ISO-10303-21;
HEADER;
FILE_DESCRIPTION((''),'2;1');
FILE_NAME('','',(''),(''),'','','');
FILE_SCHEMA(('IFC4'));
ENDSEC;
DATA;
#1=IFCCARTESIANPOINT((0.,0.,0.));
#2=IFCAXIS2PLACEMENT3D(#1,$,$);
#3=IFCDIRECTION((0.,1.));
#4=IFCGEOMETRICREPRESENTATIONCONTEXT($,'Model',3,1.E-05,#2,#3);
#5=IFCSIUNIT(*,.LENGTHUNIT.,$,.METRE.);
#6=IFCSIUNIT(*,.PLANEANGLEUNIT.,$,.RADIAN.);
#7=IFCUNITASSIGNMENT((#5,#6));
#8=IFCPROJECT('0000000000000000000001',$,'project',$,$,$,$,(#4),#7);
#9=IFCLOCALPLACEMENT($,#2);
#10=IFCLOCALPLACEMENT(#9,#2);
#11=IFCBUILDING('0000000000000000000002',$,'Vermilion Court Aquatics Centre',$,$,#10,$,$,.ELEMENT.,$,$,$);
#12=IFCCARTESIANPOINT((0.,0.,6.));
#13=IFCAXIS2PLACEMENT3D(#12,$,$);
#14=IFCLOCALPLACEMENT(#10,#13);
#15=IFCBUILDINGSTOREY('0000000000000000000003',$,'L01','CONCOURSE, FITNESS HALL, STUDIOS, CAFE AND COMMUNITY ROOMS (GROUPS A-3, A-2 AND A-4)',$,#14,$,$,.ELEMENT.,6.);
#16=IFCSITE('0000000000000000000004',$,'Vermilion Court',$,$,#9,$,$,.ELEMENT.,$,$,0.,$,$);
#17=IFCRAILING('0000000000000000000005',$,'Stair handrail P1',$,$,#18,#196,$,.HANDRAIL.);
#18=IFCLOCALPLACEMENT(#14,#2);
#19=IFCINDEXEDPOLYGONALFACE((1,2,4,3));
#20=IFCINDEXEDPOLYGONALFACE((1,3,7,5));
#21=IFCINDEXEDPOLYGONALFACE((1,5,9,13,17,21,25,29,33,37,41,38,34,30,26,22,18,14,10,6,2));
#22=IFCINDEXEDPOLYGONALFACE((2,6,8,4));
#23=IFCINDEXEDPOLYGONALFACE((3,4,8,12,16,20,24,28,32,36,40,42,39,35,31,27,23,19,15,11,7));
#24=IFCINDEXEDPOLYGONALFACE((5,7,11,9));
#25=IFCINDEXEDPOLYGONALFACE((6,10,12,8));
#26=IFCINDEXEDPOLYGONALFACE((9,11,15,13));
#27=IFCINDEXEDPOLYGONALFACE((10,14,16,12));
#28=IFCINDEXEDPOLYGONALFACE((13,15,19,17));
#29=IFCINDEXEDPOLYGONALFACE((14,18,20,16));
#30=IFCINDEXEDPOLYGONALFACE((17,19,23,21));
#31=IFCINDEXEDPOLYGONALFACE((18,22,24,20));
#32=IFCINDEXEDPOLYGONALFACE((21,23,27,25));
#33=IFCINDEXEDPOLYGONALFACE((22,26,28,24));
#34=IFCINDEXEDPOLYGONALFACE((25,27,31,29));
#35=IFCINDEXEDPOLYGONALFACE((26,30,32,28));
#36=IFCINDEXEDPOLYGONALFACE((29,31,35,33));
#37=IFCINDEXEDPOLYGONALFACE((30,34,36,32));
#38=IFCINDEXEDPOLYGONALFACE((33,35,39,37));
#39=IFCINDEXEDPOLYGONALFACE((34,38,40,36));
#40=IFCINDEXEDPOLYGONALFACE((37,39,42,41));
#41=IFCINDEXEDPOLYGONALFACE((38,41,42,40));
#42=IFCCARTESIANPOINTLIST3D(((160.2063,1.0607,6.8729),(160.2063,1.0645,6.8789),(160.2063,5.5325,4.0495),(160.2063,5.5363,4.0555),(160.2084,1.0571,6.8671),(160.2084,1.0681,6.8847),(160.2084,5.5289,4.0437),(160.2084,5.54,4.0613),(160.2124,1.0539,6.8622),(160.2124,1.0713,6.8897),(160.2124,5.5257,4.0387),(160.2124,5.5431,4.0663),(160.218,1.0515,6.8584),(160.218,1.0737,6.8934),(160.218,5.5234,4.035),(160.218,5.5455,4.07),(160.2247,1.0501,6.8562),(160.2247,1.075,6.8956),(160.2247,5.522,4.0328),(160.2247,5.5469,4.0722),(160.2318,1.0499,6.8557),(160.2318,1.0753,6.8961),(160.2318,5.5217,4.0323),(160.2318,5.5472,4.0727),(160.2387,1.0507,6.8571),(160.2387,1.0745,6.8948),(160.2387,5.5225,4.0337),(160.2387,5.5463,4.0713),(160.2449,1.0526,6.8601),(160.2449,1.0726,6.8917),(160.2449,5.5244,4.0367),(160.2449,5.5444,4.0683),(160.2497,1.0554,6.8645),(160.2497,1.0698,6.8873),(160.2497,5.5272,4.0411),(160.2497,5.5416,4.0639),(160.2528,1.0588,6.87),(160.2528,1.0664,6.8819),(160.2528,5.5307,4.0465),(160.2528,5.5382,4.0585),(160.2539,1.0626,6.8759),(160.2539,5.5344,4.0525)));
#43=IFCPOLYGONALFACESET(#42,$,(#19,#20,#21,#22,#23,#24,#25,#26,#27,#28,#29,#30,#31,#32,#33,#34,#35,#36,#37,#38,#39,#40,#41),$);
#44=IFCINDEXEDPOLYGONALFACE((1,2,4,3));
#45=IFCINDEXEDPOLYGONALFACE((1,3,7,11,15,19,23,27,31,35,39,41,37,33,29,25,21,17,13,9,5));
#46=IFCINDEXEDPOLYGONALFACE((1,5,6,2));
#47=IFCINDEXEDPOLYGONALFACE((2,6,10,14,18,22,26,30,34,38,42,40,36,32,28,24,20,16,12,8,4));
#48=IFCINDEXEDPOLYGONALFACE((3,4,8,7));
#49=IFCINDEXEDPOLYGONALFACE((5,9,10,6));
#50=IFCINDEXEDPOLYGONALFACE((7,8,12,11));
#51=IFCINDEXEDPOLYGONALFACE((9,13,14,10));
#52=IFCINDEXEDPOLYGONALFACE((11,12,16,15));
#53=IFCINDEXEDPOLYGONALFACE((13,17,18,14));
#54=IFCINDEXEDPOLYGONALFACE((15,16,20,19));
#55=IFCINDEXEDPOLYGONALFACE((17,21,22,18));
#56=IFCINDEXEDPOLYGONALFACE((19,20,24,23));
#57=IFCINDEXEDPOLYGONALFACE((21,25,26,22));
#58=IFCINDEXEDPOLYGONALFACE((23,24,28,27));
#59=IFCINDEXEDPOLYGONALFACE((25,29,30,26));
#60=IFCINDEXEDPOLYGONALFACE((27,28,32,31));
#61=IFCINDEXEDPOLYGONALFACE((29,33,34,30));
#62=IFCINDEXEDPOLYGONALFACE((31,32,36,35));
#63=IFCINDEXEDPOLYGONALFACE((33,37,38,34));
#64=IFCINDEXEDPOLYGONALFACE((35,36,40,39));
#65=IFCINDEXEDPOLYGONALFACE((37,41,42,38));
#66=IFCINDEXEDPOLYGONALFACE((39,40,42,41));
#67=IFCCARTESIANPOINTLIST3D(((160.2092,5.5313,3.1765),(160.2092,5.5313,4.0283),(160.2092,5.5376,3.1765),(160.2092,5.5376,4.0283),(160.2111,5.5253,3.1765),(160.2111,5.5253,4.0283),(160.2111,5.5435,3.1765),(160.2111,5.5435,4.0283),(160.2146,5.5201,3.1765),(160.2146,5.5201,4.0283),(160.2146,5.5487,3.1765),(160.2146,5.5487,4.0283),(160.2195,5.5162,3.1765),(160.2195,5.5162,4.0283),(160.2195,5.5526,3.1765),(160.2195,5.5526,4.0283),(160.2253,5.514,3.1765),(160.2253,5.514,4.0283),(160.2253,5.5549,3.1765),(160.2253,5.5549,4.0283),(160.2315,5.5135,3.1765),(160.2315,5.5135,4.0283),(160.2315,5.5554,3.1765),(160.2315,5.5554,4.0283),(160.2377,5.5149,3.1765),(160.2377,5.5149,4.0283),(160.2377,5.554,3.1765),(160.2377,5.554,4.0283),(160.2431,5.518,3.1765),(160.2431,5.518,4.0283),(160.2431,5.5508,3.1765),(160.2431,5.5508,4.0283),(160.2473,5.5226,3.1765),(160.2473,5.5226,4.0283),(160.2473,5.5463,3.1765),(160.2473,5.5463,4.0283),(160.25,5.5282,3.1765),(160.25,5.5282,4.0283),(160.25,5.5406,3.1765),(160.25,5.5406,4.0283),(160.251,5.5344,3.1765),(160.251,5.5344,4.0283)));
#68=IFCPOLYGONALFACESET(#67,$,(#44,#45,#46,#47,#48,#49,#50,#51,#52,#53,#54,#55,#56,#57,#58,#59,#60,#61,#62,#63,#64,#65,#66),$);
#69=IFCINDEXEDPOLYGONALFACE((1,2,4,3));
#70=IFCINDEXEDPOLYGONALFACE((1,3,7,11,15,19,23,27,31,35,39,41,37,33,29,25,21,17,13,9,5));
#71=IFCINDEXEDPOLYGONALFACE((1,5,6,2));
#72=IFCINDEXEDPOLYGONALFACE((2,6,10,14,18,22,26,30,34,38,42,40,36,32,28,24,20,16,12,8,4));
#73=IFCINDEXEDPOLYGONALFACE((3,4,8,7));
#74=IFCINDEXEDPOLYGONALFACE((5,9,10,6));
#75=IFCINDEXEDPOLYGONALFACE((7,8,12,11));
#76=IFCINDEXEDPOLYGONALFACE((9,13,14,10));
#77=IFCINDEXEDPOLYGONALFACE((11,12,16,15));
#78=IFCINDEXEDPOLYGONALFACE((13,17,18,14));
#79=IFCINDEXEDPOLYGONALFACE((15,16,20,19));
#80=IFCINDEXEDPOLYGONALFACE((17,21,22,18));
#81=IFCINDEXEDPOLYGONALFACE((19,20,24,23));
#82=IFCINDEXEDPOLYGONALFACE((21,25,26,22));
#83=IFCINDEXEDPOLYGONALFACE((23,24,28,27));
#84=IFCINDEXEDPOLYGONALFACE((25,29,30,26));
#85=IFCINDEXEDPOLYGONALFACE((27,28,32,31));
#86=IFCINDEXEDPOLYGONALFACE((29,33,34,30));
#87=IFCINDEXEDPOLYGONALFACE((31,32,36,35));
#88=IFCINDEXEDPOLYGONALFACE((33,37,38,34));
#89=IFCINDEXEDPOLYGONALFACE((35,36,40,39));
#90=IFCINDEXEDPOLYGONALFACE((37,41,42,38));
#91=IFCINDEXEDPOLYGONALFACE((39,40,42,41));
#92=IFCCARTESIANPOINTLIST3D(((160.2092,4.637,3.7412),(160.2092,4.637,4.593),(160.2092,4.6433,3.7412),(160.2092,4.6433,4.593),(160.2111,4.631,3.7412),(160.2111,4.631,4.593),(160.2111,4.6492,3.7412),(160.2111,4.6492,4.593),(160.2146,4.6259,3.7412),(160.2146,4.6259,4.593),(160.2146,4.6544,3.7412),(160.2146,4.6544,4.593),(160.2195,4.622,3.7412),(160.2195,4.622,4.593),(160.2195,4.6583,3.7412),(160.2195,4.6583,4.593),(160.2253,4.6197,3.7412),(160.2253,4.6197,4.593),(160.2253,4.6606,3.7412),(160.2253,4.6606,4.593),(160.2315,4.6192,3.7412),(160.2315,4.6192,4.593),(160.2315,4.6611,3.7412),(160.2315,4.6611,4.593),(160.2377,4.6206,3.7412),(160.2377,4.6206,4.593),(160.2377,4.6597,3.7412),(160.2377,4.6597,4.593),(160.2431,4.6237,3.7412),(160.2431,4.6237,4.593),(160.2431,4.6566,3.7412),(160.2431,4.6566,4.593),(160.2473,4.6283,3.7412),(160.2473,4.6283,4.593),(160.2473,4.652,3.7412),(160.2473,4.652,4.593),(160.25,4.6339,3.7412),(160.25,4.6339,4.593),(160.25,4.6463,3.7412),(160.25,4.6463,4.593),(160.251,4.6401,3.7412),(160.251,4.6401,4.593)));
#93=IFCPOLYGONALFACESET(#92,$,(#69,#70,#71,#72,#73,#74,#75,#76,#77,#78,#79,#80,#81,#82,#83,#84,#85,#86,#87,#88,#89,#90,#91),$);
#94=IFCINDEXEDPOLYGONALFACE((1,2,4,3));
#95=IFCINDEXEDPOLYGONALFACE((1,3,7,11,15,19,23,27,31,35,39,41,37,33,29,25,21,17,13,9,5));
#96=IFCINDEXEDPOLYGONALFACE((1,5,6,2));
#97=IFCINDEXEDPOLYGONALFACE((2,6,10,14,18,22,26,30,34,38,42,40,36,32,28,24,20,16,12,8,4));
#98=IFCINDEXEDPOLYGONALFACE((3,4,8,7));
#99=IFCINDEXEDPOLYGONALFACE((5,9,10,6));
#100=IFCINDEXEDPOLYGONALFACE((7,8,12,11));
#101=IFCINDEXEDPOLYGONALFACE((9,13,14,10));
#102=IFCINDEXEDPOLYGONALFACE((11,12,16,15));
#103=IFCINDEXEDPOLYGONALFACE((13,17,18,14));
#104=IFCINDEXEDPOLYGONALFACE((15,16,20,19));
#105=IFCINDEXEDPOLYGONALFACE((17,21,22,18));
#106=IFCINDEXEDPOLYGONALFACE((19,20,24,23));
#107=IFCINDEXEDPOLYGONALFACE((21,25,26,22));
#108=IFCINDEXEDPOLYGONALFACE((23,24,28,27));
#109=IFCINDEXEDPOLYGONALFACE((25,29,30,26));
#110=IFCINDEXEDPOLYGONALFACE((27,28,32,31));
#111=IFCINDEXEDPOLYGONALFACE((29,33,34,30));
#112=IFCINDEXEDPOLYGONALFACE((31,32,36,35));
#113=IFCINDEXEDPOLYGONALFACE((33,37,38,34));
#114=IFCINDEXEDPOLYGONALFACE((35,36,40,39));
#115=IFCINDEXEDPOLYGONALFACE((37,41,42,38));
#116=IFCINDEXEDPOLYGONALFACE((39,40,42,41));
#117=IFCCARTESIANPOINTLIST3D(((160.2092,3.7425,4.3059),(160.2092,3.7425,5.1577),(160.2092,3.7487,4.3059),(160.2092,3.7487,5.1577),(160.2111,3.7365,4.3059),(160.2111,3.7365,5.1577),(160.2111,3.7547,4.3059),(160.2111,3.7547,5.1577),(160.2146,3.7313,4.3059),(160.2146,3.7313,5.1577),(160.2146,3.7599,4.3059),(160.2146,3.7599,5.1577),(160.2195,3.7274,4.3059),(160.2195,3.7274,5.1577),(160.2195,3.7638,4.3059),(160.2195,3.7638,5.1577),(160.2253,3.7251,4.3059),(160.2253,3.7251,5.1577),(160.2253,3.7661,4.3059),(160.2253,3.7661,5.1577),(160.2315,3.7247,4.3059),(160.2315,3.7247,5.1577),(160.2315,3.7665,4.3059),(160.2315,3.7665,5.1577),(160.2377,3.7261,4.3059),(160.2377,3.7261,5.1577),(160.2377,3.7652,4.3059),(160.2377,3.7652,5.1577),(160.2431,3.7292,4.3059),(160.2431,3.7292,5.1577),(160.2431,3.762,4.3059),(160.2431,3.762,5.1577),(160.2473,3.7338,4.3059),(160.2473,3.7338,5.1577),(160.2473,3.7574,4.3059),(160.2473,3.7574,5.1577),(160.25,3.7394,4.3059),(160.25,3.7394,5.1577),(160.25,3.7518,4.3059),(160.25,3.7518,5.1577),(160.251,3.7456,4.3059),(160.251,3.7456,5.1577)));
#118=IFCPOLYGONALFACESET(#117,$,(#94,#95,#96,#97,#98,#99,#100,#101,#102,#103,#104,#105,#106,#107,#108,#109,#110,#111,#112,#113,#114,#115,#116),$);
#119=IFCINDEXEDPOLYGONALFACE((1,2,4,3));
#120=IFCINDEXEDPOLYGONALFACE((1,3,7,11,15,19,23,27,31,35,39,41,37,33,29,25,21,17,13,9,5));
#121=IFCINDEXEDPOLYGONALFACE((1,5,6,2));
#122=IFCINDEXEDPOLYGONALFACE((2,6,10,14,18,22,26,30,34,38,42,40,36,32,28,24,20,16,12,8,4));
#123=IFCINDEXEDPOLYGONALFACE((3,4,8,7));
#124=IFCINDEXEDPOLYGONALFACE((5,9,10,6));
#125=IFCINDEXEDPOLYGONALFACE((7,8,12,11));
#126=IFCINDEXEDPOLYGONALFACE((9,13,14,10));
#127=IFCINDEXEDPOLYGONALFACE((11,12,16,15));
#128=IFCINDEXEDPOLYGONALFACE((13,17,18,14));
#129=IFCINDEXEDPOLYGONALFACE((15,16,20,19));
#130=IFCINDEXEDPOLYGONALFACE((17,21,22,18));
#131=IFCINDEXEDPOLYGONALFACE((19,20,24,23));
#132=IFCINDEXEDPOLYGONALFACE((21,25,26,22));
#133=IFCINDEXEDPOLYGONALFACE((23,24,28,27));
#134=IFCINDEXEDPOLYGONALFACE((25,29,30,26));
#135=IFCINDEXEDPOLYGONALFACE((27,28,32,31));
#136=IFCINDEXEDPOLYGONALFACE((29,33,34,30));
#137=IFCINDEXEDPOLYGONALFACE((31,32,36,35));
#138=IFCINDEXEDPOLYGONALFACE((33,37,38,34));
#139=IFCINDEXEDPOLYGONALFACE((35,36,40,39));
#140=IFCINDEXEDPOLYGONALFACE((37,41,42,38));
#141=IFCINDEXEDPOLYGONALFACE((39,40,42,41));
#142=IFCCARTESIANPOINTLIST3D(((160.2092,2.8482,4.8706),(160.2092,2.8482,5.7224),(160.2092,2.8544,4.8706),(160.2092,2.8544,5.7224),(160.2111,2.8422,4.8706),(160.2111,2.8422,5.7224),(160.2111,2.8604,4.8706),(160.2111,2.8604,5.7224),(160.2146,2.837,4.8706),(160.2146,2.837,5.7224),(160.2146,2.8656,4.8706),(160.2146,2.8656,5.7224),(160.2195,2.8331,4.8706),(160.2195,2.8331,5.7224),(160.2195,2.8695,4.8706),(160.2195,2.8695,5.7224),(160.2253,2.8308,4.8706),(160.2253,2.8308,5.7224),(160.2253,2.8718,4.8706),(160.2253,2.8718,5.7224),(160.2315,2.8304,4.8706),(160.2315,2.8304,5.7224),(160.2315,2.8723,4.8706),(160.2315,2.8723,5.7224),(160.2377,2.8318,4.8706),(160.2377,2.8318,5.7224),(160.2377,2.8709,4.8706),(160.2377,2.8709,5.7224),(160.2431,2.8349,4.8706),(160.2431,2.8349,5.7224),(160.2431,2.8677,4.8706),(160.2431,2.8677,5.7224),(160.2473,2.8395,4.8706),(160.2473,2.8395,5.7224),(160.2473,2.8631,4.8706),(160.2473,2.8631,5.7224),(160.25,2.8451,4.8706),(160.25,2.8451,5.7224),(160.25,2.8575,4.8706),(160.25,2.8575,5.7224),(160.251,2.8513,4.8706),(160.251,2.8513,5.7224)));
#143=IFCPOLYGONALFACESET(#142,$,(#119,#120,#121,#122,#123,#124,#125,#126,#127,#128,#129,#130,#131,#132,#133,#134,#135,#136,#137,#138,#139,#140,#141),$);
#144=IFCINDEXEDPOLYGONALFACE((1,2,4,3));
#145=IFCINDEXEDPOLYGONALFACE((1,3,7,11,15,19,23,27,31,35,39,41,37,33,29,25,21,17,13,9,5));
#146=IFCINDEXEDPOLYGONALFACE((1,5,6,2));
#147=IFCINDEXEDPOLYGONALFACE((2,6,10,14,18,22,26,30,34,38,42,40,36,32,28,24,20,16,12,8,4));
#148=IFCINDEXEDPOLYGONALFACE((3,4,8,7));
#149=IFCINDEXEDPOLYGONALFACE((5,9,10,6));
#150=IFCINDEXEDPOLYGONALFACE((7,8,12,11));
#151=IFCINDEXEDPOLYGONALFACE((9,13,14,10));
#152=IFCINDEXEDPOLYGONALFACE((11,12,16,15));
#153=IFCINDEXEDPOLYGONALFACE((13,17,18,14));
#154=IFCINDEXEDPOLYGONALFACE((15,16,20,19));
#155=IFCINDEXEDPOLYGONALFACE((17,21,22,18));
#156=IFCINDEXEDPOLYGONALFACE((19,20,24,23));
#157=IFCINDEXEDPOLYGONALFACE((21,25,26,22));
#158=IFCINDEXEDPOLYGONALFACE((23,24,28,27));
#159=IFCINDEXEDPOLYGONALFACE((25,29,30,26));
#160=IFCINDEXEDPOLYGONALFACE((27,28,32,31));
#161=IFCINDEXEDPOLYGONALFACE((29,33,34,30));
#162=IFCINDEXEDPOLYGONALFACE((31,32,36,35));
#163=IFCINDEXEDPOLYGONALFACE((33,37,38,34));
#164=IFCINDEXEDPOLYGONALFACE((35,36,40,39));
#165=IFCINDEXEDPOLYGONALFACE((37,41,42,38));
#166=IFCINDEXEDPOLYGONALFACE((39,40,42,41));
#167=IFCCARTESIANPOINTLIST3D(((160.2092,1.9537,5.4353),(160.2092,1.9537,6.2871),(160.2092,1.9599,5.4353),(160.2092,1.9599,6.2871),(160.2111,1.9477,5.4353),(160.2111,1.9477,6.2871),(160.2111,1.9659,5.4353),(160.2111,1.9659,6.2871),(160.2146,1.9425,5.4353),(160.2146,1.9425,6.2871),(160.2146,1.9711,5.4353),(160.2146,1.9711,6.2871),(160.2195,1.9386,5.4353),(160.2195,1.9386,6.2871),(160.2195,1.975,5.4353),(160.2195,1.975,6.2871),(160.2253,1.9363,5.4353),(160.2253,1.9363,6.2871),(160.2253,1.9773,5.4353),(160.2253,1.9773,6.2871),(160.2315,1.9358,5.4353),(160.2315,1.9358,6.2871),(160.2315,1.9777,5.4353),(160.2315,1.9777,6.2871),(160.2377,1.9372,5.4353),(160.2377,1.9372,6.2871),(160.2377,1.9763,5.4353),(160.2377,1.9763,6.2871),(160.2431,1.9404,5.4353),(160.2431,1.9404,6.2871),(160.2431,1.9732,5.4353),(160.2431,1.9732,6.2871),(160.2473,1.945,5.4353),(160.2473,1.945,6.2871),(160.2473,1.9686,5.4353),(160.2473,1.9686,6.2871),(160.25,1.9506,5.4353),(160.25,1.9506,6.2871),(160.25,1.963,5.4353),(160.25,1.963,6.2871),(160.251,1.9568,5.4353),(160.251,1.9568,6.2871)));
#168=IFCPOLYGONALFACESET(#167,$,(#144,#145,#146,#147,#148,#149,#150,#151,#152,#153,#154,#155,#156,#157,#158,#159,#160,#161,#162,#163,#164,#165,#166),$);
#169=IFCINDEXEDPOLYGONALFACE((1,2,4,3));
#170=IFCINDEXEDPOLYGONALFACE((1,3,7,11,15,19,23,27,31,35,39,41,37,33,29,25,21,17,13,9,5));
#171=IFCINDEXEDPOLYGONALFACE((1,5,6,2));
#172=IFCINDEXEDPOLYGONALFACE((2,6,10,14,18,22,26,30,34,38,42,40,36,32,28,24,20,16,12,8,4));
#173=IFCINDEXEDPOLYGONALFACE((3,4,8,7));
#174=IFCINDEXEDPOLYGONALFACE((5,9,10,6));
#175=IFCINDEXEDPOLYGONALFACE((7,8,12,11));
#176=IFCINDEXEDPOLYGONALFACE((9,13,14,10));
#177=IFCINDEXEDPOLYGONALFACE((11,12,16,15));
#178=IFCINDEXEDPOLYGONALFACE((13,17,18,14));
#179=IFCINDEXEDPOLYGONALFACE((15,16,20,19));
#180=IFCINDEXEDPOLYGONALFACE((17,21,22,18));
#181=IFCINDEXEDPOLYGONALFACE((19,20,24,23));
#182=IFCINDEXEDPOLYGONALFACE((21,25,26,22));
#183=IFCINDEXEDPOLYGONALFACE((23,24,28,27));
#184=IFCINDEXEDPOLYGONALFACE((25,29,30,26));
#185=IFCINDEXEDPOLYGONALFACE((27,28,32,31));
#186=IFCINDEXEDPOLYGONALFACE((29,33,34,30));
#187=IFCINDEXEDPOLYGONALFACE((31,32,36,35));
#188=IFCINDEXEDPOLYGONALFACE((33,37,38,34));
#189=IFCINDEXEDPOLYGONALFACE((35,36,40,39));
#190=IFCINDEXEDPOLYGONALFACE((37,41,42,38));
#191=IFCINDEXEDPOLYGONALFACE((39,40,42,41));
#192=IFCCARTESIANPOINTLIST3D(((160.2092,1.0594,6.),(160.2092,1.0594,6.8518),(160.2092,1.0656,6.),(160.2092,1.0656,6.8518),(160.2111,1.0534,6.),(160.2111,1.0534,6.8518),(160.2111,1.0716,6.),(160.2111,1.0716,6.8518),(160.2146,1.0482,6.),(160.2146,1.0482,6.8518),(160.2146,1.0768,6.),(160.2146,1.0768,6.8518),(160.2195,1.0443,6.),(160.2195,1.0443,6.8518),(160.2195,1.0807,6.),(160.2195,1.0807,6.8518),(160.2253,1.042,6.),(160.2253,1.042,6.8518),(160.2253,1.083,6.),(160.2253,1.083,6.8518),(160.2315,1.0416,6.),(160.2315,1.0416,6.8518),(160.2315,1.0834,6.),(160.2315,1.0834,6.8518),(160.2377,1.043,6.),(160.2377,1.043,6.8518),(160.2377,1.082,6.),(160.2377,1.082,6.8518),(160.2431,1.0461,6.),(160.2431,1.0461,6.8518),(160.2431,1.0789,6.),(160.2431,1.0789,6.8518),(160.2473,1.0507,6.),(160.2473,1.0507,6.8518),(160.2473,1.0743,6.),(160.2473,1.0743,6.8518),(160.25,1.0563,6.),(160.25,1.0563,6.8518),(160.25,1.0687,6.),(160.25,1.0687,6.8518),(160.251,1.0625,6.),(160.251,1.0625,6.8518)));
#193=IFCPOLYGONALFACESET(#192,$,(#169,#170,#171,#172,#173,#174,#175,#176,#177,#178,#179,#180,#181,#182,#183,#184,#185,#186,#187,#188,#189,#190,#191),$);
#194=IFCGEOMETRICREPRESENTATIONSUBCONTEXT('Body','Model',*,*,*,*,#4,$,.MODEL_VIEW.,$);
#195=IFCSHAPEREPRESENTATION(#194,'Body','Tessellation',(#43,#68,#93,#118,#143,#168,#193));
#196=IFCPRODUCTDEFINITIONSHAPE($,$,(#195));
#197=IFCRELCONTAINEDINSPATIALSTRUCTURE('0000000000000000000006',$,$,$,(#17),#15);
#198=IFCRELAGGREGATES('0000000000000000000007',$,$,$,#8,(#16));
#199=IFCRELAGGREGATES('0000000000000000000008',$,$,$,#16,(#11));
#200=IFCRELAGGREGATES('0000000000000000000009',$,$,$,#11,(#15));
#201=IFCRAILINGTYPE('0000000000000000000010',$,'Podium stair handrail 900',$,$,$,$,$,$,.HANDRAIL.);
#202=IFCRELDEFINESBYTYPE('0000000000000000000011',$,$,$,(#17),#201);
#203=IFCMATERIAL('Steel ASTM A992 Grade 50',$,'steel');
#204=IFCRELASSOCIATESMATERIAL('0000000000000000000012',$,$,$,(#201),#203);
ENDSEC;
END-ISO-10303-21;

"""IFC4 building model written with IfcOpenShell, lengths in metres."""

from ifc_helpers import new_model, si_unit, direction, frame, origin, origin_2d, place, context, subcontext, project, spatial, circle, extrude, material, type_object, element, save


model = new_model("IFC4")

# Units and contexts
model_context = context("Model", 3, precision=1e-05, world=origin(), true_north=direction((0.0, 1.0)))
body_context = subcontext(model_context, "Body", "Model", "MODEL_VIEW")
ifc_project = project(units=[si_unit("LENGTHUNIT", "METRE"), si_unit("PLANEANGLEUNIT", "RADIAN")], contexts=[model_context])

# Site, building, storey
site_placement = place(None, origin())
site = spatial("IfcSite", under=ifc_project, at=site_placement, Name="Vermilion Court", CompositionType="ELEMENT", RefElevation=0.0)
building_placement = place(site_placement, origin())
building = spatial("IfcBuilding", under=site, at=building_placement, Name="Vermilion Court Aquatics Centre", CompositionType="ELEMENT")
storey_placement = place(building_placement, frame((0.0, 0.0, 6.0)))
storey = spatial("IfcBuildingStorey", under=building, at=storey_placement, Name="L01", Description="CONCOURSE, FITNESS HALL, STUDIOS, CAFE AND COMMUNITY ROOMS (GROUPS A-3, A-2 AND A-4)", CompositionType="ELEMENT", Elevation=6.0)

# Railing
ifc_material_1 = material(Name="Steel ASTM A992 Grade 50", Category="steel")
railing_type_1 = type_object("IfcRailingType", Name="Podium stair handrail 900", PredefinedType="HANDRAIL", material=ifc_material_1)
for number, where, name in (
    (1, (160.23, 5.5344, 3.1765), "Stair handrail P1"),
):
    element("IfcRailing", number, at=place(storey_placement, frame(where)), inside=storey, type_object=railing_type_1, Name=name, PredefinedType="HANDRAIL", context=body_context, shape_type="SweptSolid", body=[
        extrude(circle(Radius=0.0239, at=origin_2d()), frame((0.0, 0.0, 0.876), z_axis=(0.0, -0.845565, 0.533873), x_axis=(1.0, 0.0, 0.0)), (0.0, 0.0, 1.0), 5.2886),
        extrude(circle(Radius=0.021, at=origin_2d()), origin(), (0.0, 0.0, 1.0), 0.8518),
        extrude(circle(Radius=0.021, at=origin_2d()), frame((0.0, -0.8943, 0.5647)), (0.0, 0.0, 1.0), 0.8518),
        extrude(circle(Radius=0.021, at=origin_2d()), frame((0.0, -1.7888, 1.1294)), (0.0, 0.0, 1.0), 0.8518),
        extrude(circle(Radius=0.021, at=origin_2d()), frame((0.0, -2.6831, 1.6941)), (0.0, 0.0, 1.0), 0.8518),
        extrude(circle(Radius=0.021, at=origin_2d()), frame((0.0, -3.5776, 2.2588)), (0.0, 0.0, 1.0), 0.8518),
        extrude(circle(Radius=0.021, at=origin_2d()), frame((0.0, -4.4719, 2.8235)), (0.0, 0.0, 1.0), 0.8518),
    ])

save(model, "model.ifc")
